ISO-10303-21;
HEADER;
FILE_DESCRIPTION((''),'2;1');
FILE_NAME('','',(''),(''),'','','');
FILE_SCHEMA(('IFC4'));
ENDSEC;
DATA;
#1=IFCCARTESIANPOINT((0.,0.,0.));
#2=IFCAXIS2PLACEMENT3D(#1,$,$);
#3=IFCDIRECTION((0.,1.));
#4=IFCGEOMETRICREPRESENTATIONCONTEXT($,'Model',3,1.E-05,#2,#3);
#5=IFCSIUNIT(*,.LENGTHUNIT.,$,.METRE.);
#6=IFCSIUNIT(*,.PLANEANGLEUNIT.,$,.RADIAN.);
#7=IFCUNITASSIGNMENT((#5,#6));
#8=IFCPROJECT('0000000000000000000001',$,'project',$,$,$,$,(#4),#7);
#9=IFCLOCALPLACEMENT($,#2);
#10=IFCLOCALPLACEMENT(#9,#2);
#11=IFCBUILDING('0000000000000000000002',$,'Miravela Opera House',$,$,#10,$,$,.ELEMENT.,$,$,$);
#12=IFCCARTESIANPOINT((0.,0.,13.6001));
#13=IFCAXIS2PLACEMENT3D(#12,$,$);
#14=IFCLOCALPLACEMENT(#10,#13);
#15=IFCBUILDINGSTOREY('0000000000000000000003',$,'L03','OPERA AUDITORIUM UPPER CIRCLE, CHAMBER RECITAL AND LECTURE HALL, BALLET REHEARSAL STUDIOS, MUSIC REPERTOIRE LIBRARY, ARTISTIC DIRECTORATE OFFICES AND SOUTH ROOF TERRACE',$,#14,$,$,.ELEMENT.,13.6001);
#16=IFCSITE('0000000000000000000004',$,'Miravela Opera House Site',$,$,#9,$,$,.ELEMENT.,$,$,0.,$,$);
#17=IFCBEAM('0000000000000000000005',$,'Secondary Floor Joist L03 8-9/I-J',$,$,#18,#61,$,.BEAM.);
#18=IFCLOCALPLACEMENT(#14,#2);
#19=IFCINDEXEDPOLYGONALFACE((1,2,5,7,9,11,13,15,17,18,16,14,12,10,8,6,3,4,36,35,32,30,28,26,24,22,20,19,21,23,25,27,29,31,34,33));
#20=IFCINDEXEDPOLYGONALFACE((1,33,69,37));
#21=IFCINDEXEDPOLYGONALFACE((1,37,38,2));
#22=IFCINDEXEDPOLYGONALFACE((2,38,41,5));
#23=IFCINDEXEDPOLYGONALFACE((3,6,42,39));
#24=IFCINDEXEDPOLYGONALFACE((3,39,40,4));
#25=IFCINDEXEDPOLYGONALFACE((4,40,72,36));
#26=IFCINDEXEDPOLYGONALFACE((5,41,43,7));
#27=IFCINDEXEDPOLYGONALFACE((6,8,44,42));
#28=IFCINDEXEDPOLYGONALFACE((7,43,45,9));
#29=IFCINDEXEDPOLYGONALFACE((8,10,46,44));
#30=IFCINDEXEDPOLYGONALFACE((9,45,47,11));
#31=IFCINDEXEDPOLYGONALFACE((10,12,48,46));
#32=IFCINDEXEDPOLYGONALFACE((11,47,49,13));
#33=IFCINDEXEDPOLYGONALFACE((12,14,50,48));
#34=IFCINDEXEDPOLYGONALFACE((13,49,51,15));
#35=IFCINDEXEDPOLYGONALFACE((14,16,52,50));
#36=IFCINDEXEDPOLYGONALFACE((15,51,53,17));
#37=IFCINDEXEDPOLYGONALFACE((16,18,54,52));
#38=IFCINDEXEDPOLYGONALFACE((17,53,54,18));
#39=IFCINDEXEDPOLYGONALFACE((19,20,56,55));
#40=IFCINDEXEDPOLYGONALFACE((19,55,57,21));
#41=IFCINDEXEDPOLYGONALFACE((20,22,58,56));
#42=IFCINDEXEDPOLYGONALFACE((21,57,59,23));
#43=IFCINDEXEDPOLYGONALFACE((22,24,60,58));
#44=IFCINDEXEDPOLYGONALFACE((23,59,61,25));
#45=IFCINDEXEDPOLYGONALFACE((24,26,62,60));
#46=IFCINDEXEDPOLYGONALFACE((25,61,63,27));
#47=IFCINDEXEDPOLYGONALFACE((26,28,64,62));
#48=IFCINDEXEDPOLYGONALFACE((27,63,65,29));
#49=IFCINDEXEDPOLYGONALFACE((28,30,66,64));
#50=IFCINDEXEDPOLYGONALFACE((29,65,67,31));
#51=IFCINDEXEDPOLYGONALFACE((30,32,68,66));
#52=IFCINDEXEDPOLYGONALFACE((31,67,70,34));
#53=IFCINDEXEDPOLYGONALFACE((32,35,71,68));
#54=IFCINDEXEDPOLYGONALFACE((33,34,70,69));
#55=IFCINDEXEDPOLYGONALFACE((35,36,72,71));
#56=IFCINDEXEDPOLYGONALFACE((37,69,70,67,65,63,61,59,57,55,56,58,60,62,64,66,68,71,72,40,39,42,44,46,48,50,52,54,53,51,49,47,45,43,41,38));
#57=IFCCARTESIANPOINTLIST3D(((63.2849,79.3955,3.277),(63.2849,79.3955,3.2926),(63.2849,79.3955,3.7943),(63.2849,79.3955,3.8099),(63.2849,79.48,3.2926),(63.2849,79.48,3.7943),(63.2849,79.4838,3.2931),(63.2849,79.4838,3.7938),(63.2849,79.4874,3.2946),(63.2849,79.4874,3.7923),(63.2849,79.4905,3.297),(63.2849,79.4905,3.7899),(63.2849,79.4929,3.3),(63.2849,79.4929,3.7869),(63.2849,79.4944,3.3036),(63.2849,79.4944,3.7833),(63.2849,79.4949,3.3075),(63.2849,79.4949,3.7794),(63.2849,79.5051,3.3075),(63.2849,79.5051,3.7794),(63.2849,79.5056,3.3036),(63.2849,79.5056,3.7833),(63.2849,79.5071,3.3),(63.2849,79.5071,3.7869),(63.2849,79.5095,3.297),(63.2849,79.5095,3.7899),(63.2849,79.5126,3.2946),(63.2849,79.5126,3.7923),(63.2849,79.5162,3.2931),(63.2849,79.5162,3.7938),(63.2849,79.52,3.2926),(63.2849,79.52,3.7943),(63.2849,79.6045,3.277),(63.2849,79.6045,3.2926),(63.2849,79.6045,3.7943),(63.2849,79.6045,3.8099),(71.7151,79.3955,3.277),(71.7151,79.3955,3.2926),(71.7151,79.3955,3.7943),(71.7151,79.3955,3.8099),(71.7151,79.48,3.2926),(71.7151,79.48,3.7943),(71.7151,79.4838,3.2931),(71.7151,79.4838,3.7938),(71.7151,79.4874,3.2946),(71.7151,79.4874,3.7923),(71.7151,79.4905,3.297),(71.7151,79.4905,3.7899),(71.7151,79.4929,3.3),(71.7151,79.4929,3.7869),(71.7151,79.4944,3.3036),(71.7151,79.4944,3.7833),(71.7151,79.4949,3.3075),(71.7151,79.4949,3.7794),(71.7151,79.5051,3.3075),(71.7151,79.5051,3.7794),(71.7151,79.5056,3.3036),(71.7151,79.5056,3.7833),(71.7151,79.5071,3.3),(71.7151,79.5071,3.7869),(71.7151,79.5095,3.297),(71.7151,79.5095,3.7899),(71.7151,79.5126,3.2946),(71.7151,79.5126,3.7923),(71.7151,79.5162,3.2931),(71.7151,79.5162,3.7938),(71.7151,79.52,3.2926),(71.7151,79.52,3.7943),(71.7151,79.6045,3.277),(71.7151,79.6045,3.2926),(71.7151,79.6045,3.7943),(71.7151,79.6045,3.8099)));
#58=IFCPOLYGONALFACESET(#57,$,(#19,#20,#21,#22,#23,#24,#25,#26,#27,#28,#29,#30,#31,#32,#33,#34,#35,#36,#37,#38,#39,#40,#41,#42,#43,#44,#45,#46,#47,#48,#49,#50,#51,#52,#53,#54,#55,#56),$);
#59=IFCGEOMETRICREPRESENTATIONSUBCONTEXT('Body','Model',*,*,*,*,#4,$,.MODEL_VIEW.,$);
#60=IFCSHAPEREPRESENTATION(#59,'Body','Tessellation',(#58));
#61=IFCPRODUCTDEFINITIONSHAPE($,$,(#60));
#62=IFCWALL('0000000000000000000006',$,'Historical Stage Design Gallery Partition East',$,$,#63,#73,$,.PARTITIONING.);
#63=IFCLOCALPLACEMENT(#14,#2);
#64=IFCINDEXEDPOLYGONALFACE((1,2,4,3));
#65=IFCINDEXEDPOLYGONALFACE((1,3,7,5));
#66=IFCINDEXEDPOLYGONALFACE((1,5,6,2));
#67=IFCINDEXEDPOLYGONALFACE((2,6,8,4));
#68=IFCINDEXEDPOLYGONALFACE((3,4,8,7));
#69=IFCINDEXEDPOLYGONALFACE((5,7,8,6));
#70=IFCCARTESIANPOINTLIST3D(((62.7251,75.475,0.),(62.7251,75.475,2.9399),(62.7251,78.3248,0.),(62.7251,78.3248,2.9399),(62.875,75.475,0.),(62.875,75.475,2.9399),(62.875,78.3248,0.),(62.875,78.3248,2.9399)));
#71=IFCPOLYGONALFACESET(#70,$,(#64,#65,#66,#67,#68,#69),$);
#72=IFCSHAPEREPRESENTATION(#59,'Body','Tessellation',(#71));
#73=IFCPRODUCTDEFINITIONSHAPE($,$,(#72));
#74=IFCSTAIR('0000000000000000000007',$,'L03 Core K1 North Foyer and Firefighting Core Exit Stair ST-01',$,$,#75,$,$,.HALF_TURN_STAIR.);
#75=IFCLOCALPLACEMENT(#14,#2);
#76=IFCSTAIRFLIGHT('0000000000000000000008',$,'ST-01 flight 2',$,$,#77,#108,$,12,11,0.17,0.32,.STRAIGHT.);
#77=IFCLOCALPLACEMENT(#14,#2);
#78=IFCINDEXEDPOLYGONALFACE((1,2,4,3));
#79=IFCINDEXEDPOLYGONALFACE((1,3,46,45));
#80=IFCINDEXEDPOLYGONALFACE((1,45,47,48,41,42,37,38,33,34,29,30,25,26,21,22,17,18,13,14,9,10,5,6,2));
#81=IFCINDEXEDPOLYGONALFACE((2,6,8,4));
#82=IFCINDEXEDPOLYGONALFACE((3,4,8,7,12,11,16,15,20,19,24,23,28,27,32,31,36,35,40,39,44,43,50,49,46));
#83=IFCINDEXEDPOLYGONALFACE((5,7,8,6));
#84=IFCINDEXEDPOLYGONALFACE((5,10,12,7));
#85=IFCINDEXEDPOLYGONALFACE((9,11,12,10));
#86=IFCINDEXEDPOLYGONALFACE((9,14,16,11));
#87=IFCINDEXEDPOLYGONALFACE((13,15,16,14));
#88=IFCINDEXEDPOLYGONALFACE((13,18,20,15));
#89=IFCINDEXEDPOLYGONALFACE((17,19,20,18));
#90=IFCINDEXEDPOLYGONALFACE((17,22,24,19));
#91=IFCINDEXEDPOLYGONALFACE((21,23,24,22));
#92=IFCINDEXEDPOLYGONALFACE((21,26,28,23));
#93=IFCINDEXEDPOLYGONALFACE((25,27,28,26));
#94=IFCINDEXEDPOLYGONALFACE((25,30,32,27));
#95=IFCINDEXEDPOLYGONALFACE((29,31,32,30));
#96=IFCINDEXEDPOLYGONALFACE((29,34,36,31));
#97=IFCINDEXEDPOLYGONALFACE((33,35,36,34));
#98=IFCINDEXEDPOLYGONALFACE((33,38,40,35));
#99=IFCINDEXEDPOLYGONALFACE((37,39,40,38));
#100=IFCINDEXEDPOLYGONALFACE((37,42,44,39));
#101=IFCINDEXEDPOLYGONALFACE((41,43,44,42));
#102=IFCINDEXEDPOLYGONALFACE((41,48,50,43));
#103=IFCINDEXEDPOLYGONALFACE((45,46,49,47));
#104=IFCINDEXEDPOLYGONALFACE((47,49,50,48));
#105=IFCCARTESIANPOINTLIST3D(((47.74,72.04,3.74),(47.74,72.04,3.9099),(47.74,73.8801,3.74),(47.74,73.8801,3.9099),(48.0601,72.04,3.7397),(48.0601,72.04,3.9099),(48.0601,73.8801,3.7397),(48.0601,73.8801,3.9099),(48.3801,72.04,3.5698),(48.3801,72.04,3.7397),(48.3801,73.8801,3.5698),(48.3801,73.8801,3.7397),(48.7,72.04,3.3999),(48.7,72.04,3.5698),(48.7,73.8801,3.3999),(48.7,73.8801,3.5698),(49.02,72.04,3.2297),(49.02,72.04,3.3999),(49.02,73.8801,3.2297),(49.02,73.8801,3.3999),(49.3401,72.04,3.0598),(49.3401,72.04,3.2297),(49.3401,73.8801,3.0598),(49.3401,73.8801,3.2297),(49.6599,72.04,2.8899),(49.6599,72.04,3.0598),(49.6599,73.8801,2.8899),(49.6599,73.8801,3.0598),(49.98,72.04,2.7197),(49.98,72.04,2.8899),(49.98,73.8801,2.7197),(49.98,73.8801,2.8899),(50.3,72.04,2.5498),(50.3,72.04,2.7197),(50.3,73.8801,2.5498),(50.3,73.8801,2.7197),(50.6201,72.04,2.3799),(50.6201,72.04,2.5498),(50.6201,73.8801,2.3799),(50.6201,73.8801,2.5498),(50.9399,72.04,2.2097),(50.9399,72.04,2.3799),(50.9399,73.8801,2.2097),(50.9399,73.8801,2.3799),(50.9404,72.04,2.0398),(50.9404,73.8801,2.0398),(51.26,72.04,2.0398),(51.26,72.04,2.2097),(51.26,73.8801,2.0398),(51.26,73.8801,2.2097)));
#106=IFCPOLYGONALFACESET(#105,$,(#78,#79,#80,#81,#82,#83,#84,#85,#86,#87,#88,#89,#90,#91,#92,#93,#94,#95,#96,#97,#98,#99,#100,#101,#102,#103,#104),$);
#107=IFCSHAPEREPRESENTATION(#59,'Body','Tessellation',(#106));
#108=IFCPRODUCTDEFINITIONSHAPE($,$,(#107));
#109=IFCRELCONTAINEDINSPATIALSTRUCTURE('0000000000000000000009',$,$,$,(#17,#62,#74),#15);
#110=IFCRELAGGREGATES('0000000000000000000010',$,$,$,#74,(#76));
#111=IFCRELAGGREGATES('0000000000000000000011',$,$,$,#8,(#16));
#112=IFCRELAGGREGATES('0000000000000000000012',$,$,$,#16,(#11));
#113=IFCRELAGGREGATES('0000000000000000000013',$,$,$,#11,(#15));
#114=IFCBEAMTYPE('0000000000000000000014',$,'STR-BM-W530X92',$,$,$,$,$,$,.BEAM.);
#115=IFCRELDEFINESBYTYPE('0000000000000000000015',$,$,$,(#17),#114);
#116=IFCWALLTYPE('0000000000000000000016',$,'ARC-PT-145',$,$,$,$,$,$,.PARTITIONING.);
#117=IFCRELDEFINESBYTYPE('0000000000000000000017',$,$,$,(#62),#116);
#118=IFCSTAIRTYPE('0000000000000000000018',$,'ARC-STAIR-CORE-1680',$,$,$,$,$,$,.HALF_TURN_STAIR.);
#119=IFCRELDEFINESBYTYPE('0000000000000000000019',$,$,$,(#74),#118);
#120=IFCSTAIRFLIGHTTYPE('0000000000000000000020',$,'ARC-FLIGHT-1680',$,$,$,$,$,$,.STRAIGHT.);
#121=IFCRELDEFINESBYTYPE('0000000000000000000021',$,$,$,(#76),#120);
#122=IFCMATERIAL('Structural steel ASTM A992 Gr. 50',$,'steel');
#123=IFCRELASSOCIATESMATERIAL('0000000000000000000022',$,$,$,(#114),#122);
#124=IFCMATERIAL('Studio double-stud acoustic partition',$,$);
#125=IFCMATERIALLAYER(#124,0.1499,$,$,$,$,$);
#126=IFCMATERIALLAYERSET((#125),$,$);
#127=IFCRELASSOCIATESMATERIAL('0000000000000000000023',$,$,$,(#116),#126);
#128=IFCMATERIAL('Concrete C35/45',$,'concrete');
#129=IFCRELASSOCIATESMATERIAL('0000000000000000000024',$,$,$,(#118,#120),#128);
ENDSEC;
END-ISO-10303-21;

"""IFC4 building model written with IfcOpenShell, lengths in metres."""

from ifc_helpers import new_model, si_unit, direction, frame, frame_2d, origin, origin_2d, place, context, subcontext, project, spatial, polyline, rectangle, i_section, outline, extrude, material, layer, layer_set, material_profile, profile_set, type_object, element, aggregate, save


model = new_model("IFC4")

# Units and contexts
model_context = context("Model", 3, precision=1e-05, world=origin(), true_north=direction((0.0, 1.0)))
body_context = subcontext(model_context, "Body", "Model", "MODEL_VIEW")
ifc_project = project(units=[si_unit("LENGTHUNIT", "METRE"), si_unit("PLANEANGLEUNIT", "RADIAN")], contexts=[model_context])

# Site, building, storey
site_placement = place(None, origin())
site = spatial("IfcSite", under=ifc_project, at=site_placement, Name="Miravela Opera House Site", CompositionType="ELEMENT", RefElevation=0.0)
building_placement = place(site_placement, origin())
building = spatial("IfcBuilding", under=site, at=building_placement, Name="Miravela Opera House", CompositionType="ELEMENT")
storey_placement = place(building_placement, frame((0.0, 0.0, 13.6001)))
storey = spatial("IfcBuildingStorey", under=building, at=storey_placement, Name="L03", Description="OPERA AUDITORIUM UPPER CIRCLE, CHAMBER RECITAL AND LECTURE HALL, BALLET REHEARSAL STUDIOS, MUSIC REPERTOIRE LIBRARY, ARTISTIC DIRECTORATE OFFICES AND SOUTH ROOF TERRACE", CompositionType="ELEMENT", Elevation=13.6001)

# Shared definitions
ifc_material_1 = material(Name="Concrete C35/45", Category="concrete")

# Beam
ifc_material_2 = material(Name="Structural steel ASTM A992 Gr. 50", Category="steel")
ifc_material_profile_1 = material_profile(ifc_material_2, i_section(OverallWidth=0.209, OverallDepth=0.533, WebThickness=0.0103, FlangeThickness=0.0156, FilletRadius=0.0149, at=origin_2d()), Name="W530X92")
ifc_profile_set_1 = profile_set([ifc_material_profile_1])
beam_type_1 = type_object("IfcBeamType", Name="STR-BM-W530X92", PredefinedType="BEAM", material=ifc_profile_set_1)
beam_1_placement = place(storey_placement, frame((63.2849, 79.5, 3.5435), z_axis=(1.0, 0.0, 0.0), x_axis=(0.0, 1.0, 0.0)))
element("IfcBeam", 1, at=beam_1_placement, inside=storey, type_object=beam_type_1, Name="Secondary Floor Joist L03 8-9/I-J", PredefinedType="BEAM", context=body_context, shape_type="SweptSolid", body=[
    extrude(i_section(OverallWidth=0.209, OverallDepth=0.533, WebThickness=0.0103, FlangeThickness=0.0156, FilletRadius=0.0149, at=origin_2d()), origin(), (0.0, 0.0, 1.0), 8.4302),
])

# Wall
ifc_material_3 = material(Name="Studio double-stud acoustic partition")
ifc_layer = layer(ifc_material_3, 0.1499)
ifc_layer_set = layer_set([ifc_layer])
wall_type = type_object("IfcWallType", Name="ARC-PT-145", PredefinedType="PARTITIONING", material=ifc_layer_set)
wall_placement = place(storey_placement, frame((62.8, 75.4751, 0.0), z_axis=(0.0, 0.0, 1.0), x_axis=(0.0, 1.0, 0.0)))
element("IfcWall", 2, at=wall_placement, inside=storey, type_object=wall_type, Name="Historical Stage Design Gallery Partition East", PredefinedType="PARTITIONING", context=body_context, shape_type="SweptSolid", body=[
    extrude(rectangle(XDim=2.8499, YDim=0.1499, at=frame_2d((1.4248, 0.0))), origin(), (0.0, 0.0, 1.0), 2.9399),
])

# Stair, stair flight
stair_type = type_object("IfcStairType", Name="ARC-STAIR-CORE-1680", PredefinedType="HALF_TURN_STAIR", material=ifc_material_1)
stair_placement = place(storey_placement, origin())
stair = element("IfcStair", 3, at=stair_placement, inside=storey, type_object=stair_type, Name="L03 Core K1 North Foyer and Firefighting Core Exit Stair ST-01", PredefinedType="HALF_TURN_STAIR")
stair_flight_type = type_object("IfcStairFlightType", Name="ARC-FLIGHT-1680", PredefinedType="STRAIGHT", material=ifc_material_1)
stair_flight_placement = place(storey_placement, frame((51.26, 72.96, 2.0398), z_axis=(0.0, 0.0, 1.0), x_axis=(-1.0, 0.0, 0.0)))
stair_flight = element("IfcStairFlight", 4, at=stair_flight_placement, type_object=stair_flight_type, Name="ST-01 flight 2", NumberOfRisers=12, NumberOfTreads=11, PredefinedType="STRAIGHT", RiserHeight=0.17, TreadLength=0.32, context=body_context, shape_type="SweptSolid", body=[
    extrude(outline(polyline([(0.0, 0.0), (0.0, 0.1699), (0.3201, 0.1699), (0.3201, 0.3401), (0.6399, 0.3401), (0.6399, 0.51), (0.96, 0.51), (0.96, 0.6799), (1.28, 0.6799), (1.28, 0.8501), (1.6001, 0.8501), (1.6001, 1.02), (1.9199, 1.02), (1.9199, 1.1899), (2.24, 1.1899), (2.24, 1.3601), (2.5601, 1.3601), (2.5601, 1.53), (2.8799, 1.53), (2.8799, 1.7), (3.2, 1.7), (3.2, 1.8701), (3.52, 1.8701), (3.52, 2.04), (3.52, 1.7002), (0.3196, 0.0), (0.0, 0.0)])), frame((0.0, 0.9199, 0.0), z_axis=(0.0, -1.0, 0.0), x_axis=(1.0, 0.0, 0.0)), (0.0, 0.0, 1.0), 1.8401),
])
aggregate(stair, [stair_flight])

save(model, "model.ifc")
